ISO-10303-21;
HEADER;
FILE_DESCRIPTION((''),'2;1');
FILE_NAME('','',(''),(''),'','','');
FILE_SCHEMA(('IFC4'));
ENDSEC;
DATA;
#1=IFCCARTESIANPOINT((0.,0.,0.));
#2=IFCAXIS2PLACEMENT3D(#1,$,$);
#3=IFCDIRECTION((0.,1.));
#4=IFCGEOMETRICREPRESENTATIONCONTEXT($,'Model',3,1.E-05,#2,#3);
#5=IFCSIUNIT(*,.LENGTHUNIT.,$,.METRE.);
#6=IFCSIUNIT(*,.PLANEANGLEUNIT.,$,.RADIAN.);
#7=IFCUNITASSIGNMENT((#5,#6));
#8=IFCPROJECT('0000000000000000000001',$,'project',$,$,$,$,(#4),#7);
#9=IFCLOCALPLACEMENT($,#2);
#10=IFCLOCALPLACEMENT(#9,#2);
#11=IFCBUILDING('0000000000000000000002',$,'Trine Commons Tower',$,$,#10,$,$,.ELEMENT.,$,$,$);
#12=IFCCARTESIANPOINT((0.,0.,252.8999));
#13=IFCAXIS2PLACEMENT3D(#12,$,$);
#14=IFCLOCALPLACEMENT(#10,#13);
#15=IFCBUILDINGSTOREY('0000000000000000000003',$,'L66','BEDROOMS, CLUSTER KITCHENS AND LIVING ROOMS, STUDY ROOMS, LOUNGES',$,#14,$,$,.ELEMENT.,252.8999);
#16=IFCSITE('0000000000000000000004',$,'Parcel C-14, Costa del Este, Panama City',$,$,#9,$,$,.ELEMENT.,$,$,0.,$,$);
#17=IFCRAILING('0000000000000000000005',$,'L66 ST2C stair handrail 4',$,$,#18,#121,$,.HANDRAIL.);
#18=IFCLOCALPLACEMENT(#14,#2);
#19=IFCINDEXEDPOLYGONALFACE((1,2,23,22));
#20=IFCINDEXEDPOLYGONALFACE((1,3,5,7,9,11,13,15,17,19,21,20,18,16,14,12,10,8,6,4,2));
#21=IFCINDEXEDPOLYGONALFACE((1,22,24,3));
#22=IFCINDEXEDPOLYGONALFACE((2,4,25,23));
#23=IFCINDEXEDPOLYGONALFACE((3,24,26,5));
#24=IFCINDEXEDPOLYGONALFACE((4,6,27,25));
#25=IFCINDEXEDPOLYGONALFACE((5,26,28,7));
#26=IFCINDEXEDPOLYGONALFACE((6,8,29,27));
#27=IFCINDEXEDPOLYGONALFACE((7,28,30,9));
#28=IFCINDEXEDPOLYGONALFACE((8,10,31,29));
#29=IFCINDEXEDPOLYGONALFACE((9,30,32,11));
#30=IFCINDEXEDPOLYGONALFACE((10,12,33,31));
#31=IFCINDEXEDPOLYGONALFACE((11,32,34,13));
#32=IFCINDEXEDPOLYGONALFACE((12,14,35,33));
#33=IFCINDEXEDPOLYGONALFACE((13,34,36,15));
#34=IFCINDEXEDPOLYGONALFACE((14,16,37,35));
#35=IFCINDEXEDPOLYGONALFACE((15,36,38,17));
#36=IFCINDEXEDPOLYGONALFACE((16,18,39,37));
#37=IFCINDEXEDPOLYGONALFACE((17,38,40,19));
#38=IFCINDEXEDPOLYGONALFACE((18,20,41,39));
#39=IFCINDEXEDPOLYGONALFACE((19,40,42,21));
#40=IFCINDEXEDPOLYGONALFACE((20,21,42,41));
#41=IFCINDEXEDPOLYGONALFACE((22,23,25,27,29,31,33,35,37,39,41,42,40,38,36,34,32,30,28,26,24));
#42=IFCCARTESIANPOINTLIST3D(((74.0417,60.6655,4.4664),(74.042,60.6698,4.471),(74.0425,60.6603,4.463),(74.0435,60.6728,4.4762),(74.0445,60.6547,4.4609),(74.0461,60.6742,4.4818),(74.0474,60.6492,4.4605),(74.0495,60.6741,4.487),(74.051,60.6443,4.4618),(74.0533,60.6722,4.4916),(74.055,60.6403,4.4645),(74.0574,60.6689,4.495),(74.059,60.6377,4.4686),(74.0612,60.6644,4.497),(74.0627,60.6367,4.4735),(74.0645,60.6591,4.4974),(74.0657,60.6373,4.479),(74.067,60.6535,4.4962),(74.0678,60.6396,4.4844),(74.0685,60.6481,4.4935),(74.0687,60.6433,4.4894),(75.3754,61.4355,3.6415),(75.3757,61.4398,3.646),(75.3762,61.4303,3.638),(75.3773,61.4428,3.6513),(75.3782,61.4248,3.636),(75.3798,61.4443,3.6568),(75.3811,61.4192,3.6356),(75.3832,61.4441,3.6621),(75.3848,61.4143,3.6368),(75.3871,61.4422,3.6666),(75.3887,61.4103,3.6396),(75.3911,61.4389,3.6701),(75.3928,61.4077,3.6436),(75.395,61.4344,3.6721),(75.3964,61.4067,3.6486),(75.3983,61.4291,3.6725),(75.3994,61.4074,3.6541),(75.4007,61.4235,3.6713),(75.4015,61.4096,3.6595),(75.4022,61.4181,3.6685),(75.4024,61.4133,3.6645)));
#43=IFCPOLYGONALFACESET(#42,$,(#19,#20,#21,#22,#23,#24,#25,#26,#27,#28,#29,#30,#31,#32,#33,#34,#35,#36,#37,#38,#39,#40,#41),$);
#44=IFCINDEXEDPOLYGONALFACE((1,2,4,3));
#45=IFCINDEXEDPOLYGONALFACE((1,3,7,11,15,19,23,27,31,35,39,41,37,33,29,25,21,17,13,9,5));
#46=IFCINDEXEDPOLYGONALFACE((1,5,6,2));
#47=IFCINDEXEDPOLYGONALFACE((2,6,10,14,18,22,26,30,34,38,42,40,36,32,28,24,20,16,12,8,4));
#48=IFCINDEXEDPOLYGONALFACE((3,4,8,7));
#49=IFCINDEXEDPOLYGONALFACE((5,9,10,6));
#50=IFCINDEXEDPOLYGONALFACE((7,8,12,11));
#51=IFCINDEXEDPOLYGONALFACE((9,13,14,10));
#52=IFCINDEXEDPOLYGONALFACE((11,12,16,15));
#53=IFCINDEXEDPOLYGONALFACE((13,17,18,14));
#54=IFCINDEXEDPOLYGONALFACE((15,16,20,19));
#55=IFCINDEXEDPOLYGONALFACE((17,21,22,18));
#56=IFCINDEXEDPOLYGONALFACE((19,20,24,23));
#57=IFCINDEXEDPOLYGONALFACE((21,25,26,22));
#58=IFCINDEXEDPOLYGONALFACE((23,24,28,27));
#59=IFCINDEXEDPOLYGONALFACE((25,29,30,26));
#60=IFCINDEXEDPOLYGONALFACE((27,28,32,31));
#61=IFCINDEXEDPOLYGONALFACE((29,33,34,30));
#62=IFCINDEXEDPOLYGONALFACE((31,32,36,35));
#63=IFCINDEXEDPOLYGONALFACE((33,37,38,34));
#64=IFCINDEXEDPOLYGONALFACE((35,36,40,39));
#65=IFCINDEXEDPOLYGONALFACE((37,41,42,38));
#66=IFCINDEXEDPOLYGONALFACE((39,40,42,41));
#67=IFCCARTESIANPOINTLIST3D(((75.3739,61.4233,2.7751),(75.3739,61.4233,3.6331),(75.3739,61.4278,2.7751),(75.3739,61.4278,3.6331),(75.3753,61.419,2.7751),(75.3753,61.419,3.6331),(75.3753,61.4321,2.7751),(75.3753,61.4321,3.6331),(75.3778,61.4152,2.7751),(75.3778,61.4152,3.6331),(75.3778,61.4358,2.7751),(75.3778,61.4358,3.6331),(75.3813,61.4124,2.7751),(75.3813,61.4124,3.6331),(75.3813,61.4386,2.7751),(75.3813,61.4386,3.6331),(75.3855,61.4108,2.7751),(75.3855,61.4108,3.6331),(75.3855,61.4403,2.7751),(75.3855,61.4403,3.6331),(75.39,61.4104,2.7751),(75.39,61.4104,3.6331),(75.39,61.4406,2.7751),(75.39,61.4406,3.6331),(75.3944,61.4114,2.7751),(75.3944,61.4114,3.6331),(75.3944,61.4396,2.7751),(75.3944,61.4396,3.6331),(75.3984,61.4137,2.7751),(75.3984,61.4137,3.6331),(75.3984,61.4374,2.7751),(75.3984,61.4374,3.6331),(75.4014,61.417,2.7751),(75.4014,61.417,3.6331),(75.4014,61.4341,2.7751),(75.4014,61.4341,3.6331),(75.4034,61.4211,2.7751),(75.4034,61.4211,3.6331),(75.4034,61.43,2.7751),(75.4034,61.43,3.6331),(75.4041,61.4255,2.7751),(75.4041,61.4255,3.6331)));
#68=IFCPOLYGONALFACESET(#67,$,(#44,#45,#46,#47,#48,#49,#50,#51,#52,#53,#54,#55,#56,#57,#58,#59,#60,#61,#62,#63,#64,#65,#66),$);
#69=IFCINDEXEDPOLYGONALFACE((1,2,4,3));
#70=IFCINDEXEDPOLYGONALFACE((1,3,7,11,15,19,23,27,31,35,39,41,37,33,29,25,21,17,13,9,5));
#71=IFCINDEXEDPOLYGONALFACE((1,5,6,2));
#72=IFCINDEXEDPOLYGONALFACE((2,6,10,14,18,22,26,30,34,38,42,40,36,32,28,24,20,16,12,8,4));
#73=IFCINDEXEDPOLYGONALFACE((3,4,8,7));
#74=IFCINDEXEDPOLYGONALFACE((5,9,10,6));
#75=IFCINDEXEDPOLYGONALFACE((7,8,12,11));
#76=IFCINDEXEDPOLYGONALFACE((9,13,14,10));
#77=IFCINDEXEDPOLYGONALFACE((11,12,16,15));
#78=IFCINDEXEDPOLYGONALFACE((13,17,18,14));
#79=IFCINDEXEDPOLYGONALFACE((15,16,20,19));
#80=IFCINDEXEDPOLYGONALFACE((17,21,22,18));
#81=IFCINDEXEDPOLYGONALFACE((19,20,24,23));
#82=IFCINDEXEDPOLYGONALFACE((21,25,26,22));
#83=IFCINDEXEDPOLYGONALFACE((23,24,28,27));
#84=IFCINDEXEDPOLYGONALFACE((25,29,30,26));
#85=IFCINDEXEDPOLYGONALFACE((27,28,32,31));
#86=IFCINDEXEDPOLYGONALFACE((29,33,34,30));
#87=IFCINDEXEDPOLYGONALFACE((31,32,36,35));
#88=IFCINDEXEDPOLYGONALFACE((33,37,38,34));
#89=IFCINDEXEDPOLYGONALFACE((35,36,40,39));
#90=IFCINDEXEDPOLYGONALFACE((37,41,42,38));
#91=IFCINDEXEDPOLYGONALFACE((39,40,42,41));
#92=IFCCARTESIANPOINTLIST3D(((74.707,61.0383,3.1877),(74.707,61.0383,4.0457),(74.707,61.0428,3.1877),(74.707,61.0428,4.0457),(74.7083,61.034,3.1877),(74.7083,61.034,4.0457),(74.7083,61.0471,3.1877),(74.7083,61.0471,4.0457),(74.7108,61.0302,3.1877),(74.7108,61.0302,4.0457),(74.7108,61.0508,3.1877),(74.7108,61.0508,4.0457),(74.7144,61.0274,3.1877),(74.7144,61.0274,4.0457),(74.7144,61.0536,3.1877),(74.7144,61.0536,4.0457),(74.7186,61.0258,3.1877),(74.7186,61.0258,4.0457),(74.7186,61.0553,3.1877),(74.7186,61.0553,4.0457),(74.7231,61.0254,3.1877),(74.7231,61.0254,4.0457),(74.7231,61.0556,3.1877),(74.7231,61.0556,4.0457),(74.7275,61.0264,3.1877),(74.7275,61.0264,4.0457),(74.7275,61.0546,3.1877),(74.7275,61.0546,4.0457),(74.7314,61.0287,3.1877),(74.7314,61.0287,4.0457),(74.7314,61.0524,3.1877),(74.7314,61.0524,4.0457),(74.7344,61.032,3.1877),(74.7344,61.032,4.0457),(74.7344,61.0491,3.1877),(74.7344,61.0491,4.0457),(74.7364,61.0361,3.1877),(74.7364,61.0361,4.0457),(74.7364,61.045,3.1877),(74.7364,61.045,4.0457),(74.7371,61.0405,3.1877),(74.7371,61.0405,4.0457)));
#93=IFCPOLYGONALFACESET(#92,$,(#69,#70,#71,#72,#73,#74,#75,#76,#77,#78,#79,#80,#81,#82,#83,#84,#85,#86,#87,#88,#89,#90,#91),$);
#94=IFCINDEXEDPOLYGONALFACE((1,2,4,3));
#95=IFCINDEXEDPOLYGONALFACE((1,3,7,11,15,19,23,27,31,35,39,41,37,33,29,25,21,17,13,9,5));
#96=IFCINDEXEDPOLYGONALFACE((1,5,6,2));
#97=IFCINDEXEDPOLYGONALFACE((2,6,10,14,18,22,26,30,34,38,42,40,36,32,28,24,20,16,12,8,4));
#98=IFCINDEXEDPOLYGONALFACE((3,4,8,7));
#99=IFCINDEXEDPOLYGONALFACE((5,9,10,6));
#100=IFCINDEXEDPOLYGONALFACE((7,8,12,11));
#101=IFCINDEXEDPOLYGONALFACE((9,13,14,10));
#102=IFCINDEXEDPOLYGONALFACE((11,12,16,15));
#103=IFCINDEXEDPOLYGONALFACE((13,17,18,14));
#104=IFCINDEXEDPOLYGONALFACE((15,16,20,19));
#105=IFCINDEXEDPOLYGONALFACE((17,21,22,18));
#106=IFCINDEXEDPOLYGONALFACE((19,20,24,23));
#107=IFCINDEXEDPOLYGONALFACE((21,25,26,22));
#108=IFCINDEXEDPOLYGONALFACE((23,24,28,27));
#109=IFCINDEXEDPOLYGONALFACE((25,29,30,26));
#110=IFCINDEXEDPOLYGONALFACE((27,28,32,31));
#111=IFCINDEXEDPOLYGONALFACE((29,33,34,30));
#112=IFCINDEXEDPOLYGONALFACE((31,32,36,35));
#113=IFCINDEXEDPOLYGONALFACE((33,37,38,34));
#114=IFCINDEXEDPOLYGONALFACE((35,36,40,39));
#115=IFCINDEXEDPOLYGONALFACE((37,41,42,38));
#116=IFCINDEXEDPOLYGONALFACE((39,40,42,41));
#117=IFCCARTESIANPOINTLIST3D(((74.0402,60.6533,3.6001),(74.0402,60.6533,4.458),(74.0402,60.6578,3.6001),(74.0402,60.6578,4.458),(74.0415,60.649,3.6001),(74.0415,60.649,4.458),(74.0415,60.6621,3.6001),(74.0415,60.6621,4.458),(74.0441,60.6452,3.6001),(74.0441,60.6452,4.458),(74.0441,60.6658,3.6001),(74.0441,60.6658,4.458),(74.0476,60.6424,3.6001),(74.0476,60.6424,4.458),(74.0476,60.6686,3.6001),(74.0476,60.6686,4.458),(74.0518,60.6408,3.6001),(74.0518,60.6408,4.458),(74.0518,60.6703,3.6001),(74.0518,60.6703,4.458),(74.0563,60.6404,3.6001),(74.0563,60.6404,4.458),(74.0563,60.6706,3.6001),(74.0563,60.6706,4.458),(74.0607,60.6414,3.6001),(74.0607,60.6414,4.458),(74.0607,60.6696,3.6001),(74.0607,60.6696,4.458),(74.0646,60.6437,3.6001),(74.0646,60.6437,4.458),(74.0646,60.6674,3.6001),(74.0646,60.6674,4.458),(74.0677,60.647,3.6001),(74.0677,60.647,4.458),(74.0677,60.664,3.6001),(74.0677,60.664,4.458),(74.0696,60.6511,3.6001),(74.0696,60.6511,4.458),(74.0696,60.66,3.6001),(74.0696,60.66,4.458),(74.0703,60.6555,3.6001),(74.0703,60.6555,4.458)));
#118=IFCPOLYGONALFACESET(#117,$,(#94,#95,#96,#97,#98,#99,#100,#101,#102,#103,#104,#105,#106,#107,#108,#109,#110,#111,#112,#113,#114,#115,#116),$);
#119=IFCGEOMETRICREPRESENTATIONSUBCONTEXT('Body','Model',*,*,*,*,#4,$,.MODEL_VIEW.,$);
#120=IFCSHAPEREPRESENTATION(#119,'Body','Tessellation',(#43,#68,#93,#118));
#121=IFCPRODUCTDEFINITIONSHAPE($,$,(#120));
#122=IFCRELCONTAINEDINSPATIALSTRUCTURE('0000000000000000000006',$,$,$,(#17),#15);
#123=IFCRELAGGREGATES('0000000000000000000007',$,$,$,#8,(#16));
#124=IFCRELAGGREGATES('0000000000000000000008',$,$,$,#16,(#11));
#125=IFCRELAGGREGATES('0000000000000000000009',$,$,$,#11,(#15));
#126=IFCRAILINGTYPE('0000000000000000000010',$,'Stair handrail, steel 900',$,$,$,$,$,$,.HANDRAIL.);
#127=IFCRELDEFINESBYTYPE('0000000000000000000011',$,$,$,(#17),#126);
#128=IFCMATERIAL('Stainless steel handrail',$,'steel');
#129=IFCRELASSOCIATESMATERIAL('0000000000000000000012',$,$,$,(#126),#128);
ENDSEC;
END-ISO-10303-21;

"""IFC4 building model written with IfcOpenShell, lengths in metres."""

from ifc_helpers import new_model, si_unit, direction, frame, origin, origin_2d, place, context, subcontext, project, spatial, circle, extrude, material, type_object, element, save


model = new_model("IFC4")

# Units and contexts
model_context = context("Model", 3, precision=1e-05, world=origin(), true_north=direction((0.0, 1.0)))
body_context = subcontext(model_context, "Body", "Model", "MODEL_VIEW")
ifc_project = project(units=[si_unit("LENGTHUNIT", "METRE"), si_unit("PLANEANGLEUNIT", "RADIAN")], contexts=[model_context])

# Site, building, storey
site_placement = place(None, origin())
site = spatial("IfcSite", under=ifc_project, at=site_placement, Name="Parcel C-14, Costa del Este, Panama City", CompositionType="ELEMENT", RefElevation=0.0)
building_placement = place(site_placement, origin())
building = spatial("IfcBuilding", under=site, at=building_placement, Name="Trine Commons Tower", CompositionType="ELEMENT")
storey_placement = place(building_placement, frame((0.0, 0.0, 252.8999)))
storey = spatial("IfcBuildingStorey", under=building, at=storey_placement, Name="L66", Description="BEDROOMS, CLUSTER KITCHENS AND LIVING ROOMS, STUDY ROOMS, LOUNGES", CompositionType="ELEMENT", Elevation=252.8999)

# Railing
ifc_material_1 = material(Name="Stainless steel handrail", Category="steel")
railing_type_1 = type_object("IfcRailingType", Name="Stair handrail, steel 900", PredefinedType="HANDRAIL", material=ifc_material_1)
for number, where, name in (
    (1, (75.3889, 61.4255, 2.7751), "L66 ST2C stair handrail 4"),
):
    element("IfcRailing", number, at=place(storey_placement, frame(where)), inside=storey, type_object=railing_type_1, Name=name, PredefinedType="HANDRAIL", context=body_context, shape_type="SweptSolid", body=[
        extrude(circle(Radius=0.021, at=origin_2d()), frame((0.0, 0.0, 0.8789), z_axis=(-0.763405, -0.440743, 0.472185), x_axis=(0.499992, -0.86603, 0.0)), (0.0, 0.0, 1.0), 1.7471),
        extrude(circle(Radius=0.0151, at=origin_2d()), origin(), (0.0, 0.0, 1.0), 0.8579),
        extrude(circle(Radius=0.0151, at=origin_2d()), frame((-0.667, -0.385, 0.4126)), (0.0, 0.0, 1.0), 0.8579),
        extrude(circle(Radius=0.0151, at=origin_2d()), frame((-1.3337, -0.77, 0.825)), (0.0, 0.0, 1.0), 0.8579),
    ])

save(model, "model.ifc")
